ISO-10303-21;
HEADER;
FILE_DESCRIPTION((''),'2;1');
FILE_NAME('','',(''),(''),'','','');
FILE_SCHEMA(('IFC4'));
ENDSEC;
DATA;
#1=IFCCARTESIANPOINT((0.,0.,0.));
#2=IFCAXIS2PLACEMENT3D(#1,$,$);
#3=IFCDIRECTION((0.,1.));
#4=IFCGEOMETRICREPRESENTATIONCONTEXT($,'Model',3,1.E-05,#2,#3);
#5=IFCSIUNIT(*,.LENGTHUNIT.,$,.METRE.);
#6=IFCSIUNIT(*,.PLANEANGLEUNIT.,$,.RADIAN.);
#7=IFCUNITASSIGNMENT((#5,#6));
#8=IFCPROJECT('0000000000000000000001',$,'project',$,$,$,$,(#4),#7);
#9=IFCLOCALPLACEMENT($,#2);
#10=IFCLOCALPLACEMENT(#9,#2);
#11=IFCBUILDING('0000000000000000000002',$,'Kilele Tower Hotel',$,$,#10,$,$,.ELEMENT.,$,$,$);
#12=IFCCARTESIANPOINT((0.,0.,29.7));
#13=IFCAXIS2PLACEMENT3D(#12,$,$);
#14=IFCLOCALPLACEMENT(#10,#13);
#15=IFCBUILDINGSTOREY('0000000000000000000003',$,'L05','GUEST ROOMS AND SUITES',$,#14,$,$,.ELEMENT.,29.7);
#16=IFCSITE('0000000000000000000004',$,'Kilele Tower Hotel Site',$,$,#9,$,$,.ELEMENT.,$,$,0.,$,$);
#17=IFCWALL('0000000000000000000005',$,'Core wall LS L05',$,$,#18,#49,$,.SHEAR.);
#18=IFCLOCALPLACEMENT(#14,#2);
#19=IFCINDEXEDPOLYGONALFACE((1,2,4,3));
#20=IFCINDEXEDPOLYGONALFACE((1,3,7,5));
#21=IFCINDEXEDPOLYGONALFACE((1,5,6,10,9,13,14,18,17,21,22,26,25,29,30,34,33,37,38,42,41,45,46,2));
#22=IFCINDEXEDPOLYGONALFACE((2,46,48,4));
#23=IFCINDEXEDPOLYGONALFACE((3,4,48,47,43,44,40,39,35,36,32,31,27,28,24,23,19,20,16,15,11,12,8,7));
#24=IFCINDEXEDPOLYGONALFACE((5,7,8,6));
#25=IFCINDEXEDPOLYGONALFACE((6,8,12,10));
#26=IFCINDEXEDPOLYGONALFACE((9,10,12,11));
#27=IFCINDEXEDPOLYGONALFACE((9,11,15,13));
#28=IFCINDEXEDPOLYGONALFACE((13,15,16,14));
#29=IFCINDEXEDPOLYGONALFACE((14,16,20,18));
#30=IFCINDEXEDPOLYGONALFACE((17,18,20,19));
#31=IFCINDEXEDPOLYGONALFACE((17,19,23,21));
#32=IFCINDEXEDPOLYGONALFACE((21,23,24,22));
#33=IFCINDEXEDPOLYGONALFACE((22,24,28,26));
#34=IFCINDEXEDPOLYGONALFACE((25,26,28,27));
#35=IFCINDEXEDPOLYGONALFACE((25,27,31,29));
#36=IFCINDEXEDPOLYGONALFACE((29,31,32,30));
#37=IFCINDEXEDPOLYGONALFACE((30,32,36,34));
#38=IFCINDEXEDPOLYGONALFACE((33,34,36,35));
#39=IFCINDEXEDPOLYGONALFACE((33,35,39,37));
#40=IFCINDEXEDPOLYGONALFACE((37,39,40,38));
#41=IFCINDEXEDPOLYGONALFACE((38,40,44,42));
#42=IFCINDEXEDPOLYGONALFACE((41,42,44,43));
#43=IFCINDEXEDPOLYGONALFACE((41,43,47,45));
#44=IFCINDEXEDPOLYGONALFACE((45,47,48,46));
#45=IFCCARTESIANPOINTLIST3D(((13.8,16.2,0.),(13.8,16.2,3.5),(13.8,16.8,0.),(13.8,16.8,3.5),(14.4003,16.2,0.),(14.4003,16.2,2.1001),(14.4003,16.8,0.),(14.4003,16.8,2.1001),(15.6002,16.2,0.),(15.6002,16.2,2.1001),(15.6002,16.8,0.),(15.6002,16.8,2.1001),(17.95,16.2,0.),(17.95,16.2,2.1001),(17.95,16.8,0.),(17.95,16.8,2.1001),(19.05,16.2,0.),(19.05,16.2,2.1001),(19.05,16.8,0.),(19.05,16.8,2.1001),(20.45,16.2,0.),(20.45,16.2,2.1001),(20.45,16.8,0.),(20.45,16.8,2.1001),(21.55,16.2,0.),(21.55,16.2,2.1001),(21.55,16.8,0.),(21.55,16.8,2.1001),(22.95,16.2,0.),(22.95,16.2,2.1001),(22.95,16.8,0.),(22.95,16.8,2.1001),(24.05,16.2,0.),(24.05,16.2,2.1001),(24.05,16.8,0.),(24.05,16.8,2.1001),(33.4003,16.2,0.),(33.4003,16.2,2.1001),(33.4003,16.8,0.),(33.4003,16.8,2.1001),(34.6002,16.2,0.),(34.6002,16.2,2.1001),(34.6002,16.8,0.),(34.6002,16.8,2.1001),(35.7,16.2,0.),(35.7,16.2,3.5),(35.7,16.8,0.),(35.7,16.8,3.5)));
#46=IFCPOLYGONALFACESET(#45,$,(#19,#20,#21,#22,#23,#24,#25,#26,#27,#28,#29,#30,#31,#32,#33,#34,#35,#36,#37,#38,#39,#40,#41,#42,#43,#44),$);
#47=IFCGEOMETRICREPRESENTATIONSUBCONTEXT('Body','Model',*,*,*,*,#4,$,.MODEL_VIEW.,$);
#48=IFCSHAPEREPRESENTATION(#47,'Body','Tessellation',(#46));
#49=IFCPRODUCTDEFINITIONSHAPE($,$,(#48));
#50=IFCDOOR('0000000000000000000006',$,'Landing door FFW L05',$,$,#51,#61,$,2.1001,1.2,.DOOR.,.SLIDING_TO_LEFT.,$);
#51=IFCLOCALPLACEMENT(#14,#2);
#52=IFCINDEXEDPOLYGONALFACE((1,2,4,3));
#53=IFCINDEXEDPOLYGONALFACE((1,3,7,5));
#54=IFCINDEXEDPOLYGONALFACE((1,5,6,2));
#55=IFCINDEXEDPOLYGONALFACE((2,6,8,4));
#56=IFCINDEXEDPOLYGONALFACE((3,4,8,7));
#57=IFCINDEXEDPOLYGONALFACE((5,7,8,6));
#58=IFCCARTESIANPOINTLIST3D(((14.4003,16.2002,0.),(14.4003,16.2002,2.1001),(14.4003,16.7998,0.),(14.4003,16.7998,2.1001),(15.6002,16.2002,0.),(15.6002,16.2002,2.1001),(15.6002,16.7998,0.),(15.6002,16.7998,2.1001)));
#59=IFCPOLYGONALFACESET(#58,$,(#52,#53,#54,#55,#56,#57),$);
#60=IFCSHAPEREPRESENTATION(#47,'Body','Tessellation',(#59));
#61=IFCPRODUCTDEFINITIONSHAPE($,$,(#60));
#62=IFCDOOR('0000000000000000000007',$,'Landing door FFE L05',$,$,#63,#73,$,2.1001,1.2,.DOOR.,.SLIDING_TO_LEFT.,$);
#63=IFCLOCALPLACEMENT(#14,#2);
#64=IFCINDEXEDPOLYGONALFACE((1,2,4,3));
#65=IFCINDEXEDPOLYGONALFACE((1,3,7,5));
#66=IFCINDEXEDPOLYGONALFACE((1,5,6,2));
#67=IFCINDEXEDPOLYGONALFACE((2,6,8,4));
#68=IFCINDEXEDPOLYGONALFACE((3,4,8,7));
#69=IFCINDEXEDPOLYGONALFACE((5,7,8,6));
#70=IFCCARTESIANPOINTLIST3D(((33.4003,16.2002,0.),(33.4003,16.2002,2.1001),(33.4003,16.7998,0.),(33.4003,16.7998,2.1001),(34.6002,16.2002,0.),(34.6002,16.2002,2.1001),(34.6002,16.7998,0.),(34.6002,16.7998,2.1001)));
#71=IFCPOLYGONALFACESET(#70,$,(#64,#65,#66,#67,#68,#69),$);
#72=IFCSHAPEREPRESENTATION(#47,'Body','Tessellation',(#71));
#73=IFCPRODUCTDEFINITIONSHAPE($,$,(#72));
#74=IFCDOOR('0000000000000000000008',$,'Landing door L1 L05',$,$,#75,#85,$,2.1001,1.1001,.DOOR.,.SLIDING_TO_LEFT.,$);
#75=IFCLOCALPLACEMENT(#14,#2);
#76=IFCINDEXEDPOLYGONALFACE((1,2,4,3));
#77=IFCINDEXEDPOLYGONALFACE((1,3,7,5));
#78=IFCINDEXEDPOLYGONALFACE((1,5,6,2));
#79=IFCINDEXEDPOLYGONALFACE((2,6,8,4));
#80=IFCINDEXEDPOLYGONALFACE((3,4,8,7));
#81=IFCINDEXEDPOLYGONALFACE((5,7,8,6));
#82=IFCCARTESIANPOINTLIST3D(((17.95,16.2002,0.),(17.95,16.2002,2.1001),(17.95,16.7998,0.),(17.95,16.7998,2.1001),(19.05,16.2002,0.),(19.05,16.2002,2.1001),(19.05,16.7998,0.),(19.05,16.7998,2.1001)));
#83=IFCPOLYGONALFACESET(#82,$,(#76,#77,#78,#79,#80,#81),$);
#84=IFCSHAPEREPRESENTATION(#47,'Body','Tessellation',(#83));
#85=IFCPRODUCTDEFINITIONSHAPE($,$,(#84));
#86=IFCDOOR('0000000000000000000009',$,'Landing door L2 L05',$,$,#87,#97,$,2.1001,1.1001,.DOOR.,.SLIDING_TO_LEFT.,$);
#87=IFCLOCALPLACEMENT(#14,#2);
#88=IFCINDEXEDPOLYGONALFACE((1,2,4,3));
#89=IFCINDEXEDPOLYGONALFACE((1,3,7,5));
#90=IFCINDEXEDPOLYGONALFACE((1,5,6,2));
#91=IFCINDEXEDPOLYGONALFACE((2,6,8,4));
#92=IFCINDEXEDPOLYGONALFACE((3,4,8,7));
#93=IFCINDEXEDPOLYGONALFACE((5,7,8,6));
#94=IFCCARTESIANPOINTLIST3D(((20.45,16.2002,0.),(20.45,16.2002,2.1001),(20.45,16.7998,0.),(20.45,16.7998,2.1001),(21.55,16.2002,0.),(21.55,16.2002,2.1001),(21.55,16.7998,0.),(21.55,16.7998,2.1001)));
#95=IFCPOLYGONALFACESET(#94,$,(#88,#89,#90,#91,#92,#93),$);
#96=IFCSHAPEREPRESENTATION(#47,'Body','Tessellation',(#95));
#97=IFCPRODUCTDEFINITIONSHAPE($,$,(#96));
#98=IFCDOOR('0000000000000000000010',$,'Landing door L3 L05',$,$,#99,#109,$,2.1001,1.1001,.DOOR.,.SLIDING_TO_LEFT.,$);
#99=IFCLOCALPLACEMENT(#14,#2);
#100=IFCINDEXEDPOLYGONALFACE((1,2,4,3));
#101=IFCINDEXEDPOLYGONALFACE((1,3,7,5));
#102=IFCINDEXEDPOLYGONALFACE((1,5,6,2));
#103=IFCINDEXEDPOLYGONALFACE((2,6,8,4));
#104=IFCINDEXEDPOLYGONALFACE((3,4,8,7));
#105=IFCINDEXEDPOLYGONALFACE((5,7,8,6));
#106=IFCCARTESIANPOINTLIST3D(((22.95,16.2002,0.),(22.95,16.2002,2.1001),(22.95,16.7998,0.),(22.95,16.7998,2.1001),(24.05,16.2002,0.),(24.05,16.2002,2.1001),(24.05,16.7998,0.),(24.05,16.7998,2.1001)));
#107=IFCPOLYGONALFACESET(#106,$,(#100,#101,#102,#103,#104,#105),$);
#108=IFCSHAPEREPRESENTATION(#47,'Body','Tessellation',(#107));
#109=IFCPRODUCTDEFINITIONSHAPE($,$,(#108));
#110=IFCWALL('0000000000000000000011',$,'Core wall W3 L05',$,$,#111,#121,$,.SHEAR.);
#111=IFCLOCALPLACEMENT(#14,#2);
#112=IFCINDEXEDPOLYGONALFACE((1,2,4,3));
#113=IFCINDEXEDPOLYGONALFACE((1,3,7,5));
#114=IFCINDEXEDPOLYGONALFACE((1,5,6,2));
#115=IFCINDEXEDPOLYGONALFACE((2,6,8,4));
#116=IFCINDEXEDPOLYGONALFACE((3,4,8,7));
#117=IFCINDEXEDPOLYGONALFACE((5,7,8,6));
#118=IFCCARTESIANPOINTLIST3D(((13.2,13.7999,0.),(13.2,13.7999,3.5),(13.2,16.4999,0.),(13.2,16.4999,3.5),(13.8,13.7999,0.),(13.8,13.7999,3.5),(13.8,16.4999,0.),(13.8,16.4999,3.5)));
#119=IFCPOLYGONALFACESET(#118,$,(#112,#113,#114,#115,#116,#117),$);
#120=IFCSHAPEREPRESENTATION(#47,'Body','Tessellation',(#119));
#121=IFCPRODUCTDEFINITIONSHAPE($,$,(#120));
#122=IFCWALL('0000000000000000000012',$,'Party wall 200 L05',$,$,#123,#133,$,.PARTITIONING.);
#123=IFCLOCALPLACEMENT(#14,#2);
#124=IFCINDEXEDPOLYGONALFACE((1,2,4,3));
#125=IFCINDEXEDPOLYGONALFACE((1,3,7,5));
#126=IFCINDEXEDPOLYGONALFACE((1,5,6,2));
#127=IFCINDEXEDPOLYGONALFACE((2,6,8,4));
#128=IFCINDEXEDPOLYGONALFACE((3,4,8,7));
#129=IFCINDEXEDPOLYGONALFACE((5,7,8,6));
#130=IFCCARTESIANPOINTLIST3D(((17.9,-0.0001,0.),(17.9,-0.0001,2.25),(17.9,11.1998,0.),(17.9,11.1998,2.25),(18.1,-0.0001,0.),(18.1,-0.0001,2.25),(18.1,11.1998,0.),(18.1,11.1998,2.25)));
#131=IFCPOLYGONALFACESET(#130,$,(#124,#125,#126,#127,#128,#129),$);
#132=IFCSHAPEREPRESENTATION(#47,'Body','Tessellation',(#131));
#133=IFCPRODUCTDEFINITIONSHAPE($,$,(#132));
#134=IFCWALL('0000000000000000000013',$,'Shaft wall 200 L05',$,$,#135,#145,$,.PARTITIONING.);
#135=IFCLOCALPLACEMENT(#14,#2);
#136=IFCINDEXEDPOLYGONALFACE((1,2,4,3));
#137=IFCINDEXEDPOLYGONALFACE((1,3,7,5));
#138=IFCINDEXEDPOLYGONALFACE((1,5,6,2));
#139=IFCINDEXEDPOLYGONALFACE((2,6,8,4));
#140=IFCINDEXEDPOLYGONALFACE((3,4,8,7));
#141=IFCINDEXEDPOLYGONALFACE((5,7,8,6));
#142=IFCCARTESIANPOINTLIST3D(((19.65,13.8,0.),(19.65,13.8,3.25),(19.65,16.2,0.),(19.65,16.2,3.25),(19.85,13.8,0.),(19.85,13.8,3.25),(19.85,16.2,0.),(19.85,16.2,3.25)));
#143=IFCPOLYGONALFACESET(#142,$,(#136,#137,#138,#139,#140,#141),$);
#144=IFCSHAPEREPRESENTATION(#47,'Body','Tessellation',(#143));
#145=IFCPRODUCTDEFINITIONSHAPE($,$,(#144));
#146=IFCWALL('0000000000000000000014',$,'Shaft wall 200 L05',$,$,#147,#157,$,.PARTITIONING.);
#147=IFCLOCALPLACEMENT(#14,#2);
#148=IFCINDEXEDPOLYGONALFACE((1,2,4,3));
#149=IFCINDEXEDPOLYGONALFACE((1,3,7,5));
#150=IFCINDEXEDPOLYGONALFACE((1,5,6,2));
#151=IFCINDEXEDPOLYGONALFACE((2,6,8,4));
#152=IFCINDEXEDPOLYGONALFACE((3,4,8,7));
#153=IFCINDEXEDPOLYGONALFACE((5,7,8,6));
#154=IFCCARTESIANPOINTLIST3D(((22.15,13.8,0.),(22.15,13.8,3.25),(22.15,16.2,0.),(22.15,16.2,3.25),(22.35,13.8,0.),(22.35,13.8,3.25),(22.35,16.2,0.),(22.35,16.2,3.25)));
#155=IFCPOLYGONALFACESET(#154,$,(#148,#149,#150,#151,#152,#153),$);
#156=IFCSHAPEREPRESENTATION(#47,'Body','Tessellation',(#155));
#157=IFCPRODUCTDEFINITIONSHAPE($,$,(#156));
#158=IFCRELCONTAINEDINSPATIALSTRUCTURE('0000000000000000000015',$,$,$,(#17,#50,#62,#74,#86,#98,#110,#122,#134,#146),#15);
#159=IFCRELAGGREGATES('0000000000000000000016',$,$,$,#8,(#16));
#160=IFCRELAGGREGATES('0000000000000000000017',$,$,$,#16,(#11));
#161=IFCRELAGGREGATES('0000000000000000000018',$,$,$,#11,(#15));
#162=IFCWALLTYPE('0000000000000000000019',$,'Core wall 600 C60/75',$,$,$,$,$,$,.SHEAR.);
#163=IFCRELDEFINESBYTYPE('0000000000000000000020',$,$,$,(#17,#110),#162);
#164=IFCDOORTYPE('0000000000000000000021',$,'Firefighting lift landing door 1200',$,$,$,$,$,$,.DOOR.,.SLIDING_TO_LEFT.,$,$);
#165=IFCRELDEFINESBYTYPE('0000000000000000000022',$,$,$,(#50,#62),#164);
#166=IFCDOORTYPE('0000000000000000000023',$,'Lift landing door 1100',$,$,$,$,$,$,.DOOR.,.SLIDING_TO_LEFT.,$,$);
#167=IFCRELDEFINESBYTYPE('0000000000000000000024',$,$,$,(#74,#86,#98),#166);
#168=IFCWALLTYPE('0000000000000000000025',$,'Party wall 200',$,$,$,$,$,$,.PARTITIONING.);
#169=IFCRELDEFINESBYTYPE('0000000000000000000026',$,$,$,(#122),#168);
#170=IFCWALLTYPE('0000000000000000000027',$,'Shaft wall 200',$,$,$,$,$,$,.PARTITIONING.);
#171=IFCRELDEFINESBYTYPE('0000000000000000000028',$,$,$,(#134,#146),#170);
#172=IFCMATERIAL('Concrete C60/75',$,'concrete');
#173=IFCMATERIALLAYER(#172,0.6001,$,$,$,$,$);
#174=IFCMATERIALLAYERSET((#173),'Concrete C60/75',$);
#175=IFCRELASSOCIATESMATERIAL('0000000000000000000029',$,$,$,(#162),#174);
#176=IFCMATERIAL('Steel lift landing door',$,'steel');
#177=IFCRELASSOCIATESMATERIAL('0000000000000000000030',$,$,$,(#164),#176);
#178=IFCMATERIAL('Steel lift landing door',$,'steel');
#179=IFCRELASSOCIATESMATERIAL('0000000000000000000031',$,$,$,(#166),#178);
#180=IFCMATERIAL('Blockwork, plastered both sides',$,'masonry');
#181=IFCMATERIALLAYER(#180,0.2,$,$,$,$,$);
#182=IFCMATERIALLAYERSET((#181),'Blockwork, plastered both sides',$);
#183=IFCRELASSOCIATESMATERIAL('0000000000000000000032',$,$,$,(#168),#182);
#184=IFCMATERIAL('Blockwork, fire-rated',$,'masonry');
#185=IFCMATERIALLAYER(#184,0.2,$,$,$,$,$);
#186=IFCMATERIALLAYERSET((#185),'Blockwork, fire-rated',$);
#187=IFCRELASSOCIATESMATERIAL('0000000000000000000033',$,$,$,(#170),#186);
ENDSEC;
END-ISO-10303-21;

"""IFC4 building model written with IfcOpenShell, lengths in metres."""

from ifc_helpers import new_model, si_unit, direction, frame, frame_2d, origin, place, context, subcontext, project, spatial, rectangle, extrude, material, layer, layer_set, type_object, element, fill, save


model = new_model("IFC4")

# Units and contexts
model_context = context("Model", 3, precision=1e-05, world=origin(), true_north=direction((0.0, 1.0)))
body_context = subcontext(model_context, "Body", "Model", "MODEL_VIEW")
ifc_project = project(units=[si_unit("LENGTHUNIT", "METRE"), si_unit("PLANEANGLEUNIT", "RADIAN")], contexts=[model_context])

# Site, building, storey
site_placement = place(None, origin())
site = spatial("IfcSite", under=ifc_project, at=site_placement, Name="Kilele Tower Hotel Site", CompositionType="ELEMENT", RefElevation=0.0)
building_placement = place(site_placement, origin())
building = spatial("IfcBuilding", under=site, at=building_placement, Name="Kilele Tower Hotel", CompositionType="ELEMENT")
storey_placement = place(building_placement, frame((0.0, 0.0, 29.7)))
storey = spatial("IfcBuildingStorey", under=building, at=storey_placement, Name="L05", Description="GUEST ROOMS AND SUITES", CompositionType="ELEMENT", Elevation=29.7)

# Shared definitions
ifc_material_1 = material(Name="Concrete C60/75", Category="concrete")
ifc_layer_1 = layer(ifc_material_1, 0.6001)
ifc_layer_set_1 = layer_set([ifc_layer_1], Name="Concrete C60/75")
wall_type_1 = type_object("IfcWallType", Name="Core wall 600 C60/75", PredefinedType="SHEAR", material=ifc_layer_set_1)

# Wall, openings, doors
wall_1_placement = place(storey_placement, frame((13.8, 16.5, 0.0), z_axis=(0.0, 0.0, 1.0), x_axis=(1.0, 0.0, 0.0)))
wall_1 = element("IfcWall", 1, at=wall_1_placement, inside=storey, type_object=wall_type_1, Name="Core wall LS L05", PredefinedType="SHEAR", context=body_context, shape_type="SweptSolid", body=[
    extrude(rectangle(XDim=21.8999, YDim=0.6001, at=frame_2d((10.95, 0.0))), origin(), (0.0, 0.0, 1.0), 3.5),
])
opening_1_placement = place(wall_1_placement, frame((4.1499, 0.0, 0.0)))
opening_1 = element("IfcOpeningElement", 2, at=opening_1_placement, cuts=wall_1, PredefinedType="OPENING", context=body_context, shape_type="SweptSolid", body=[
    extrude(rectangle(XDim=1.1001, YDim=2.1001, at=frame_2d((0.55, 1.05))), frame((0.0, 0.3101, 0.0), z_axis=(0.0, -1.0, 0.0), x_axis=(1.0, 0.0, 0.0)), (0.0, 0.0, 1.0), 0.6201),
])
opening_2_placement = place(wall_1_placement, frame((6.6499, 0.0, 0.0)))
opening_2 = element("IfcOpeningElement", 3, at=opening_2_placement, cuts=wall_1, PredefinedType="OPENING", context=body_context, shape_type="SweptSolid", body=[
    extrude(rectangle(XDim=1.1001, YDim=2.1001, at=frame_2d((0.55, 1.05))), frame((0.0, 0.3101, 0.0), z_axis=(0.0, -1.0, 0.0), x_axis=(1.0, 0.0, 0.0)), (0.0, 0.0, 1.0), 0.6201),
])
opening_3_placement = place(wall_1_placement, frame((9.1499, 0.0, 0.0)))
opening_3 = element("IfcOpeningElement", 4, at=opening_3_placement, cuts=wall_1, PredefinedType="OPENING", context=body_context, shape_type="SweptSolid", body=[
    extrude(rectangle(XDim=1.1001, YDim=2.1001, at=frame_2d((0.55, 1.05))), frame((0.0, 0.3101, 0.0), z_axis=(0.0, -1.0, 0.0), x_axis=(1.0, 0.0, 0.0)), (0.0, 0.0, 1.0), 0.6201),
])
opening_4_placement = place(wall_1_placement, frame((0.6001, 0.0, 0.0)))
opening_4 = element("IfcOpeningElement", 5, at=opening_4_placement, cuts=wall_1, PredefinedType="OPENING", context=body_context, shape_type="SweptSolid", body=[
    extrude(rectangle(XDim=1.2, YDim=2.1001, at=frame_2d((0.6001, 1.05))), frame((0.0, 0.3101, 0.0), z_axis=(0.0, -1.0, 0.0), x_axis=(1.0, 0.0, 0.0)), (0.0, 0.0, 1.0), 0.6201),
])
opening_5_placement = place(wall_1_placement, frame((19.6001, 0.0, 0.0)))
opening_5 = element("IfcOpeningElement", 6, at=opening_5_placement, cuts=wall_1, PredefinedType="OPENING", context=body_context, shape_type="SweptSolid", body=[
    extrude(rectangle(XDim=1.2, YDim=2.1001, at=frame_2d((0.6001, 1.05))), frame((0.0, 0.3101, 0.0), z_axis=(0.0, -1.0, 0.0), x_axis=(1.0, 0.0, 0.0)), (0.0, 0.0, 1.0), 0.6201),
])
ifc_material_2 = material(Name="Steel lift landing door", Category="steel")
door_type_1 = type_object("IfcDoorType", Name="Firefighting lift landing door 1200", OperationType="SLIDING_TO_LEFT", PredefinedType="DOOR", material=ifc_material_2)
door_1_placement = place(opening_4_placement, origin())
door_1 = element("IfcDoor", 7, at=door_1_placement, inside=storey, type_object=door_type_1, Name="Landing door FFW L05", OperationType="SLIDING_TO_LEFT", OverallHeight=2.1001, OverallWidth=1.2, PredefinedType="DOOR", context=body_context, shape_type="SweptSolid", body=[
    extrude(rectangle(XDim=1.2, YDim=2.1001, at=frame_2d((0.6001, 1.05))), frame((0.0, 0.2998, 0.0), z_axis=(0.0, -1.0, 0.0), x_axis=(1.0, 0.0, 0.0)), (0.0, 0.0, 1.0), 0.5996),
])
fill(opening_4, door_1)
door_2_placement = place(opening_5_placement, origin())
door_2 = element("IfcDoor", 8, at=door_2_placement, inside=storey, type_object=door_type_1, Name="Landing door FFE L05", OperationType="SLIDING_TO_LEFT", OverallHeight=2.1001, OverallWidth=1.2, PredefinedType="DOOR", context=body_context, shape_type="SweptSolid", body=[
    extrude(rectangle(XDim=1.2, YDim=2.1001, at=frame_2d((0.6001, 1.05))), frame((0.0, 0.2998, 0.0), z_axis=(0.0, -1.0, 0.0), x_axis=(1.0, 0.0, 0.0)), (0.0, 0.0, 1.0), 0.5996),
])
fill(opening_5, door_2)
ifc_material_3 = material(Name="Steel lift landing door", Category="steel")
door_type_2 = type_object("IfcDoorType", Name="Lift landing door 1100", OperationType="SLIDING_TO_LEFT", PredefinedType="DOOR", material=ifc_material_3)
door_3_placement = place(opening_1_placement, origin())
door_3 = element("IfcDoor", 9, at=door_3_placement, inside=storey, type_object=door_type_2, Name="Landing door L1 L05", OperationType="SLIDING_TO_LEFT", OverallHeight=2.1001, OverallWidth=1.1001, PredefinedType="DOOR", context=body_context, shape_type="SweptSolid", body=[
    extrude(rectangle(XDim=1.1001, YDim=2.1001, at=frame_2d((0.55, 1.05))), frame((0.0, 0.2998, 0.0), z_axis=(0.0, -1.0, 0.0), x_axis=(1.0, 0.0, 0.0)), (0.0, 0.0, 1.0), 0.5996),
])
fill(opening_1, door_3)
door_4_placement = place(opening_2_placement, origin())
door_4 = element("IfcDoor", 10, at=door_4_placement, inside=storey, type_object=door_type_2, Name="Landing door L2 L05", OperationType="SLIDING_TO_LEFT", OverallHeight=2.1001, OverallWidth=1.1001, PredefinedType="DOOR", context=body_context, shape_type="SweptSolid", body=[
    extrude(rectangle(XDim=1.1001, YDim=2.1001, at=frame_2d((0.55, 1.05))), frame((0.0, 0.2998, 0.0), z_axis=(0.0, -1.0, 0.0), x_axis=(1.0, 0.0, 0.0)), (0.0, 0.0, 1.0), 0.5996),
])
fill(opening_2, door_4)
door_5_placement = place(opening_3_placement, origin())
door_5 = element("IfcDoor", 11, at=door_5_placement, inside=storey, type_object=door_type_2, Name="Landing door L3 L05", OperationType="SLIDING_TO_LEFT", OverallHeight=2.1001, OverallWidth=1.1001, PredefinedType="DOOR", context=body_context, shape_type="SweptSolid", body=[
    extrude(rectangle(XDim=1.1001, YDim=2.1001, at=frame_2d((0.55, 1.05))), frame((0.0, 0.2998, 0.0), z_axis=(0.0, -1.0, 0.0), x_axis=(1.0, 0.0, 0.0)), (0.0, 0.0, 1.0), 0.5996),
])
fill(opening_3, door_5)

# Walls
wall_2_placement = place(storey_placement, frame((13.5, 16.5, 0.0), z_axis=(0.0, 0.0, 1.0), x_axis=(0.0, -1.0, 0.0)))
element("IfcWall", 12, at=wall_2_placement, inside=storey, type_object=wall_type_1, Name="Core wall W3 L05", PredefinedType="SHEAR", context=body_context, shape_type="SweptSolid", body=[
    extrude(rectangle(XDim=2.7, YDim=0.6001, at=frame_2d((1.3501, 0.0))), origin(), (0.0, 0.0, 1.0), 3.5),
])
ifc_material_4 = material(Name="Blockwork, plastered both sides", Category="masonry")
ifc_layer_2 = layer(ifc_material_4, 0.2)
ifc_layer_set_2 = layer_set([ifc_layer_2], Name="Blockwork, plastered both sides")
wall_type_2 = type_object("IfcWallType", Name="Party wall 200", PredefinedType="PARTITIONING", material=ifc_layer_set_2)
wall_3_placement = place(storey_placement, frame((18.0, 11.2, 0.0), z_axis=(0.0, 0.0, 1.0), x_axis=(0.0, -1.0, 0.0)))
element("IfcWall", 13, at=wall_3_placement, inside=storey, type_object=wall_type_2, Name="Party wall 200 L05", PredefinedType="PARTITIONING", context=body_context, shape_type="SweptSolid", body=[
    extrude(rectangle(XDim=11.2, YDim=0.2, at=frame_2d((5.6001, 0.0))), origin(), (0.0, 0.0, 1.0), 2.25),
])
ifc_material_5 = material(Name="Blockwork, fire-rated", Category="masonry")
ifc_layer_3 = layer(ifc_material_5, 0.2)
ifc_layer_set_3 = layer_set([ifc_layer_3], Name="Blockwork, fire-rated")
wall_type_3 = type_object("IfcWallType", Name="Shaft wall 200", PredefinedType="PARTITIONING", material=ifc_layer_set_3)
for number, where, z_axis, x_axis, name in (
    (14, (19.75, 13.8, 0.0), (0.0, 0.0, 1.0), (0.0, 1.0, 0.0), "Shaft wall 200 L05"),
    (15, (22.25, 13.8, 0.0), (0.0, 0.0, 1.0), (0.0, 1.0, 0.0), "Shaft wall 200 L05"),
):
    element("IfcWall", number, at=place(storey_placement, frame(where, z_axis=z_axis, x_axis=x_axis)), inside=storey, type_object=wall_type_3, Name=name, PredefinedType="PARTITIONING", context=body_context, shape_type="SweptSolid", body=[
        extrude(rectangle(XDim=2.3999, YDim=0.2, at=frame_2d((1.2, 0.0))), origin(), (0.0, 0.0, 1.0), 3.25),
    ])

save(model, "model.ifc")
